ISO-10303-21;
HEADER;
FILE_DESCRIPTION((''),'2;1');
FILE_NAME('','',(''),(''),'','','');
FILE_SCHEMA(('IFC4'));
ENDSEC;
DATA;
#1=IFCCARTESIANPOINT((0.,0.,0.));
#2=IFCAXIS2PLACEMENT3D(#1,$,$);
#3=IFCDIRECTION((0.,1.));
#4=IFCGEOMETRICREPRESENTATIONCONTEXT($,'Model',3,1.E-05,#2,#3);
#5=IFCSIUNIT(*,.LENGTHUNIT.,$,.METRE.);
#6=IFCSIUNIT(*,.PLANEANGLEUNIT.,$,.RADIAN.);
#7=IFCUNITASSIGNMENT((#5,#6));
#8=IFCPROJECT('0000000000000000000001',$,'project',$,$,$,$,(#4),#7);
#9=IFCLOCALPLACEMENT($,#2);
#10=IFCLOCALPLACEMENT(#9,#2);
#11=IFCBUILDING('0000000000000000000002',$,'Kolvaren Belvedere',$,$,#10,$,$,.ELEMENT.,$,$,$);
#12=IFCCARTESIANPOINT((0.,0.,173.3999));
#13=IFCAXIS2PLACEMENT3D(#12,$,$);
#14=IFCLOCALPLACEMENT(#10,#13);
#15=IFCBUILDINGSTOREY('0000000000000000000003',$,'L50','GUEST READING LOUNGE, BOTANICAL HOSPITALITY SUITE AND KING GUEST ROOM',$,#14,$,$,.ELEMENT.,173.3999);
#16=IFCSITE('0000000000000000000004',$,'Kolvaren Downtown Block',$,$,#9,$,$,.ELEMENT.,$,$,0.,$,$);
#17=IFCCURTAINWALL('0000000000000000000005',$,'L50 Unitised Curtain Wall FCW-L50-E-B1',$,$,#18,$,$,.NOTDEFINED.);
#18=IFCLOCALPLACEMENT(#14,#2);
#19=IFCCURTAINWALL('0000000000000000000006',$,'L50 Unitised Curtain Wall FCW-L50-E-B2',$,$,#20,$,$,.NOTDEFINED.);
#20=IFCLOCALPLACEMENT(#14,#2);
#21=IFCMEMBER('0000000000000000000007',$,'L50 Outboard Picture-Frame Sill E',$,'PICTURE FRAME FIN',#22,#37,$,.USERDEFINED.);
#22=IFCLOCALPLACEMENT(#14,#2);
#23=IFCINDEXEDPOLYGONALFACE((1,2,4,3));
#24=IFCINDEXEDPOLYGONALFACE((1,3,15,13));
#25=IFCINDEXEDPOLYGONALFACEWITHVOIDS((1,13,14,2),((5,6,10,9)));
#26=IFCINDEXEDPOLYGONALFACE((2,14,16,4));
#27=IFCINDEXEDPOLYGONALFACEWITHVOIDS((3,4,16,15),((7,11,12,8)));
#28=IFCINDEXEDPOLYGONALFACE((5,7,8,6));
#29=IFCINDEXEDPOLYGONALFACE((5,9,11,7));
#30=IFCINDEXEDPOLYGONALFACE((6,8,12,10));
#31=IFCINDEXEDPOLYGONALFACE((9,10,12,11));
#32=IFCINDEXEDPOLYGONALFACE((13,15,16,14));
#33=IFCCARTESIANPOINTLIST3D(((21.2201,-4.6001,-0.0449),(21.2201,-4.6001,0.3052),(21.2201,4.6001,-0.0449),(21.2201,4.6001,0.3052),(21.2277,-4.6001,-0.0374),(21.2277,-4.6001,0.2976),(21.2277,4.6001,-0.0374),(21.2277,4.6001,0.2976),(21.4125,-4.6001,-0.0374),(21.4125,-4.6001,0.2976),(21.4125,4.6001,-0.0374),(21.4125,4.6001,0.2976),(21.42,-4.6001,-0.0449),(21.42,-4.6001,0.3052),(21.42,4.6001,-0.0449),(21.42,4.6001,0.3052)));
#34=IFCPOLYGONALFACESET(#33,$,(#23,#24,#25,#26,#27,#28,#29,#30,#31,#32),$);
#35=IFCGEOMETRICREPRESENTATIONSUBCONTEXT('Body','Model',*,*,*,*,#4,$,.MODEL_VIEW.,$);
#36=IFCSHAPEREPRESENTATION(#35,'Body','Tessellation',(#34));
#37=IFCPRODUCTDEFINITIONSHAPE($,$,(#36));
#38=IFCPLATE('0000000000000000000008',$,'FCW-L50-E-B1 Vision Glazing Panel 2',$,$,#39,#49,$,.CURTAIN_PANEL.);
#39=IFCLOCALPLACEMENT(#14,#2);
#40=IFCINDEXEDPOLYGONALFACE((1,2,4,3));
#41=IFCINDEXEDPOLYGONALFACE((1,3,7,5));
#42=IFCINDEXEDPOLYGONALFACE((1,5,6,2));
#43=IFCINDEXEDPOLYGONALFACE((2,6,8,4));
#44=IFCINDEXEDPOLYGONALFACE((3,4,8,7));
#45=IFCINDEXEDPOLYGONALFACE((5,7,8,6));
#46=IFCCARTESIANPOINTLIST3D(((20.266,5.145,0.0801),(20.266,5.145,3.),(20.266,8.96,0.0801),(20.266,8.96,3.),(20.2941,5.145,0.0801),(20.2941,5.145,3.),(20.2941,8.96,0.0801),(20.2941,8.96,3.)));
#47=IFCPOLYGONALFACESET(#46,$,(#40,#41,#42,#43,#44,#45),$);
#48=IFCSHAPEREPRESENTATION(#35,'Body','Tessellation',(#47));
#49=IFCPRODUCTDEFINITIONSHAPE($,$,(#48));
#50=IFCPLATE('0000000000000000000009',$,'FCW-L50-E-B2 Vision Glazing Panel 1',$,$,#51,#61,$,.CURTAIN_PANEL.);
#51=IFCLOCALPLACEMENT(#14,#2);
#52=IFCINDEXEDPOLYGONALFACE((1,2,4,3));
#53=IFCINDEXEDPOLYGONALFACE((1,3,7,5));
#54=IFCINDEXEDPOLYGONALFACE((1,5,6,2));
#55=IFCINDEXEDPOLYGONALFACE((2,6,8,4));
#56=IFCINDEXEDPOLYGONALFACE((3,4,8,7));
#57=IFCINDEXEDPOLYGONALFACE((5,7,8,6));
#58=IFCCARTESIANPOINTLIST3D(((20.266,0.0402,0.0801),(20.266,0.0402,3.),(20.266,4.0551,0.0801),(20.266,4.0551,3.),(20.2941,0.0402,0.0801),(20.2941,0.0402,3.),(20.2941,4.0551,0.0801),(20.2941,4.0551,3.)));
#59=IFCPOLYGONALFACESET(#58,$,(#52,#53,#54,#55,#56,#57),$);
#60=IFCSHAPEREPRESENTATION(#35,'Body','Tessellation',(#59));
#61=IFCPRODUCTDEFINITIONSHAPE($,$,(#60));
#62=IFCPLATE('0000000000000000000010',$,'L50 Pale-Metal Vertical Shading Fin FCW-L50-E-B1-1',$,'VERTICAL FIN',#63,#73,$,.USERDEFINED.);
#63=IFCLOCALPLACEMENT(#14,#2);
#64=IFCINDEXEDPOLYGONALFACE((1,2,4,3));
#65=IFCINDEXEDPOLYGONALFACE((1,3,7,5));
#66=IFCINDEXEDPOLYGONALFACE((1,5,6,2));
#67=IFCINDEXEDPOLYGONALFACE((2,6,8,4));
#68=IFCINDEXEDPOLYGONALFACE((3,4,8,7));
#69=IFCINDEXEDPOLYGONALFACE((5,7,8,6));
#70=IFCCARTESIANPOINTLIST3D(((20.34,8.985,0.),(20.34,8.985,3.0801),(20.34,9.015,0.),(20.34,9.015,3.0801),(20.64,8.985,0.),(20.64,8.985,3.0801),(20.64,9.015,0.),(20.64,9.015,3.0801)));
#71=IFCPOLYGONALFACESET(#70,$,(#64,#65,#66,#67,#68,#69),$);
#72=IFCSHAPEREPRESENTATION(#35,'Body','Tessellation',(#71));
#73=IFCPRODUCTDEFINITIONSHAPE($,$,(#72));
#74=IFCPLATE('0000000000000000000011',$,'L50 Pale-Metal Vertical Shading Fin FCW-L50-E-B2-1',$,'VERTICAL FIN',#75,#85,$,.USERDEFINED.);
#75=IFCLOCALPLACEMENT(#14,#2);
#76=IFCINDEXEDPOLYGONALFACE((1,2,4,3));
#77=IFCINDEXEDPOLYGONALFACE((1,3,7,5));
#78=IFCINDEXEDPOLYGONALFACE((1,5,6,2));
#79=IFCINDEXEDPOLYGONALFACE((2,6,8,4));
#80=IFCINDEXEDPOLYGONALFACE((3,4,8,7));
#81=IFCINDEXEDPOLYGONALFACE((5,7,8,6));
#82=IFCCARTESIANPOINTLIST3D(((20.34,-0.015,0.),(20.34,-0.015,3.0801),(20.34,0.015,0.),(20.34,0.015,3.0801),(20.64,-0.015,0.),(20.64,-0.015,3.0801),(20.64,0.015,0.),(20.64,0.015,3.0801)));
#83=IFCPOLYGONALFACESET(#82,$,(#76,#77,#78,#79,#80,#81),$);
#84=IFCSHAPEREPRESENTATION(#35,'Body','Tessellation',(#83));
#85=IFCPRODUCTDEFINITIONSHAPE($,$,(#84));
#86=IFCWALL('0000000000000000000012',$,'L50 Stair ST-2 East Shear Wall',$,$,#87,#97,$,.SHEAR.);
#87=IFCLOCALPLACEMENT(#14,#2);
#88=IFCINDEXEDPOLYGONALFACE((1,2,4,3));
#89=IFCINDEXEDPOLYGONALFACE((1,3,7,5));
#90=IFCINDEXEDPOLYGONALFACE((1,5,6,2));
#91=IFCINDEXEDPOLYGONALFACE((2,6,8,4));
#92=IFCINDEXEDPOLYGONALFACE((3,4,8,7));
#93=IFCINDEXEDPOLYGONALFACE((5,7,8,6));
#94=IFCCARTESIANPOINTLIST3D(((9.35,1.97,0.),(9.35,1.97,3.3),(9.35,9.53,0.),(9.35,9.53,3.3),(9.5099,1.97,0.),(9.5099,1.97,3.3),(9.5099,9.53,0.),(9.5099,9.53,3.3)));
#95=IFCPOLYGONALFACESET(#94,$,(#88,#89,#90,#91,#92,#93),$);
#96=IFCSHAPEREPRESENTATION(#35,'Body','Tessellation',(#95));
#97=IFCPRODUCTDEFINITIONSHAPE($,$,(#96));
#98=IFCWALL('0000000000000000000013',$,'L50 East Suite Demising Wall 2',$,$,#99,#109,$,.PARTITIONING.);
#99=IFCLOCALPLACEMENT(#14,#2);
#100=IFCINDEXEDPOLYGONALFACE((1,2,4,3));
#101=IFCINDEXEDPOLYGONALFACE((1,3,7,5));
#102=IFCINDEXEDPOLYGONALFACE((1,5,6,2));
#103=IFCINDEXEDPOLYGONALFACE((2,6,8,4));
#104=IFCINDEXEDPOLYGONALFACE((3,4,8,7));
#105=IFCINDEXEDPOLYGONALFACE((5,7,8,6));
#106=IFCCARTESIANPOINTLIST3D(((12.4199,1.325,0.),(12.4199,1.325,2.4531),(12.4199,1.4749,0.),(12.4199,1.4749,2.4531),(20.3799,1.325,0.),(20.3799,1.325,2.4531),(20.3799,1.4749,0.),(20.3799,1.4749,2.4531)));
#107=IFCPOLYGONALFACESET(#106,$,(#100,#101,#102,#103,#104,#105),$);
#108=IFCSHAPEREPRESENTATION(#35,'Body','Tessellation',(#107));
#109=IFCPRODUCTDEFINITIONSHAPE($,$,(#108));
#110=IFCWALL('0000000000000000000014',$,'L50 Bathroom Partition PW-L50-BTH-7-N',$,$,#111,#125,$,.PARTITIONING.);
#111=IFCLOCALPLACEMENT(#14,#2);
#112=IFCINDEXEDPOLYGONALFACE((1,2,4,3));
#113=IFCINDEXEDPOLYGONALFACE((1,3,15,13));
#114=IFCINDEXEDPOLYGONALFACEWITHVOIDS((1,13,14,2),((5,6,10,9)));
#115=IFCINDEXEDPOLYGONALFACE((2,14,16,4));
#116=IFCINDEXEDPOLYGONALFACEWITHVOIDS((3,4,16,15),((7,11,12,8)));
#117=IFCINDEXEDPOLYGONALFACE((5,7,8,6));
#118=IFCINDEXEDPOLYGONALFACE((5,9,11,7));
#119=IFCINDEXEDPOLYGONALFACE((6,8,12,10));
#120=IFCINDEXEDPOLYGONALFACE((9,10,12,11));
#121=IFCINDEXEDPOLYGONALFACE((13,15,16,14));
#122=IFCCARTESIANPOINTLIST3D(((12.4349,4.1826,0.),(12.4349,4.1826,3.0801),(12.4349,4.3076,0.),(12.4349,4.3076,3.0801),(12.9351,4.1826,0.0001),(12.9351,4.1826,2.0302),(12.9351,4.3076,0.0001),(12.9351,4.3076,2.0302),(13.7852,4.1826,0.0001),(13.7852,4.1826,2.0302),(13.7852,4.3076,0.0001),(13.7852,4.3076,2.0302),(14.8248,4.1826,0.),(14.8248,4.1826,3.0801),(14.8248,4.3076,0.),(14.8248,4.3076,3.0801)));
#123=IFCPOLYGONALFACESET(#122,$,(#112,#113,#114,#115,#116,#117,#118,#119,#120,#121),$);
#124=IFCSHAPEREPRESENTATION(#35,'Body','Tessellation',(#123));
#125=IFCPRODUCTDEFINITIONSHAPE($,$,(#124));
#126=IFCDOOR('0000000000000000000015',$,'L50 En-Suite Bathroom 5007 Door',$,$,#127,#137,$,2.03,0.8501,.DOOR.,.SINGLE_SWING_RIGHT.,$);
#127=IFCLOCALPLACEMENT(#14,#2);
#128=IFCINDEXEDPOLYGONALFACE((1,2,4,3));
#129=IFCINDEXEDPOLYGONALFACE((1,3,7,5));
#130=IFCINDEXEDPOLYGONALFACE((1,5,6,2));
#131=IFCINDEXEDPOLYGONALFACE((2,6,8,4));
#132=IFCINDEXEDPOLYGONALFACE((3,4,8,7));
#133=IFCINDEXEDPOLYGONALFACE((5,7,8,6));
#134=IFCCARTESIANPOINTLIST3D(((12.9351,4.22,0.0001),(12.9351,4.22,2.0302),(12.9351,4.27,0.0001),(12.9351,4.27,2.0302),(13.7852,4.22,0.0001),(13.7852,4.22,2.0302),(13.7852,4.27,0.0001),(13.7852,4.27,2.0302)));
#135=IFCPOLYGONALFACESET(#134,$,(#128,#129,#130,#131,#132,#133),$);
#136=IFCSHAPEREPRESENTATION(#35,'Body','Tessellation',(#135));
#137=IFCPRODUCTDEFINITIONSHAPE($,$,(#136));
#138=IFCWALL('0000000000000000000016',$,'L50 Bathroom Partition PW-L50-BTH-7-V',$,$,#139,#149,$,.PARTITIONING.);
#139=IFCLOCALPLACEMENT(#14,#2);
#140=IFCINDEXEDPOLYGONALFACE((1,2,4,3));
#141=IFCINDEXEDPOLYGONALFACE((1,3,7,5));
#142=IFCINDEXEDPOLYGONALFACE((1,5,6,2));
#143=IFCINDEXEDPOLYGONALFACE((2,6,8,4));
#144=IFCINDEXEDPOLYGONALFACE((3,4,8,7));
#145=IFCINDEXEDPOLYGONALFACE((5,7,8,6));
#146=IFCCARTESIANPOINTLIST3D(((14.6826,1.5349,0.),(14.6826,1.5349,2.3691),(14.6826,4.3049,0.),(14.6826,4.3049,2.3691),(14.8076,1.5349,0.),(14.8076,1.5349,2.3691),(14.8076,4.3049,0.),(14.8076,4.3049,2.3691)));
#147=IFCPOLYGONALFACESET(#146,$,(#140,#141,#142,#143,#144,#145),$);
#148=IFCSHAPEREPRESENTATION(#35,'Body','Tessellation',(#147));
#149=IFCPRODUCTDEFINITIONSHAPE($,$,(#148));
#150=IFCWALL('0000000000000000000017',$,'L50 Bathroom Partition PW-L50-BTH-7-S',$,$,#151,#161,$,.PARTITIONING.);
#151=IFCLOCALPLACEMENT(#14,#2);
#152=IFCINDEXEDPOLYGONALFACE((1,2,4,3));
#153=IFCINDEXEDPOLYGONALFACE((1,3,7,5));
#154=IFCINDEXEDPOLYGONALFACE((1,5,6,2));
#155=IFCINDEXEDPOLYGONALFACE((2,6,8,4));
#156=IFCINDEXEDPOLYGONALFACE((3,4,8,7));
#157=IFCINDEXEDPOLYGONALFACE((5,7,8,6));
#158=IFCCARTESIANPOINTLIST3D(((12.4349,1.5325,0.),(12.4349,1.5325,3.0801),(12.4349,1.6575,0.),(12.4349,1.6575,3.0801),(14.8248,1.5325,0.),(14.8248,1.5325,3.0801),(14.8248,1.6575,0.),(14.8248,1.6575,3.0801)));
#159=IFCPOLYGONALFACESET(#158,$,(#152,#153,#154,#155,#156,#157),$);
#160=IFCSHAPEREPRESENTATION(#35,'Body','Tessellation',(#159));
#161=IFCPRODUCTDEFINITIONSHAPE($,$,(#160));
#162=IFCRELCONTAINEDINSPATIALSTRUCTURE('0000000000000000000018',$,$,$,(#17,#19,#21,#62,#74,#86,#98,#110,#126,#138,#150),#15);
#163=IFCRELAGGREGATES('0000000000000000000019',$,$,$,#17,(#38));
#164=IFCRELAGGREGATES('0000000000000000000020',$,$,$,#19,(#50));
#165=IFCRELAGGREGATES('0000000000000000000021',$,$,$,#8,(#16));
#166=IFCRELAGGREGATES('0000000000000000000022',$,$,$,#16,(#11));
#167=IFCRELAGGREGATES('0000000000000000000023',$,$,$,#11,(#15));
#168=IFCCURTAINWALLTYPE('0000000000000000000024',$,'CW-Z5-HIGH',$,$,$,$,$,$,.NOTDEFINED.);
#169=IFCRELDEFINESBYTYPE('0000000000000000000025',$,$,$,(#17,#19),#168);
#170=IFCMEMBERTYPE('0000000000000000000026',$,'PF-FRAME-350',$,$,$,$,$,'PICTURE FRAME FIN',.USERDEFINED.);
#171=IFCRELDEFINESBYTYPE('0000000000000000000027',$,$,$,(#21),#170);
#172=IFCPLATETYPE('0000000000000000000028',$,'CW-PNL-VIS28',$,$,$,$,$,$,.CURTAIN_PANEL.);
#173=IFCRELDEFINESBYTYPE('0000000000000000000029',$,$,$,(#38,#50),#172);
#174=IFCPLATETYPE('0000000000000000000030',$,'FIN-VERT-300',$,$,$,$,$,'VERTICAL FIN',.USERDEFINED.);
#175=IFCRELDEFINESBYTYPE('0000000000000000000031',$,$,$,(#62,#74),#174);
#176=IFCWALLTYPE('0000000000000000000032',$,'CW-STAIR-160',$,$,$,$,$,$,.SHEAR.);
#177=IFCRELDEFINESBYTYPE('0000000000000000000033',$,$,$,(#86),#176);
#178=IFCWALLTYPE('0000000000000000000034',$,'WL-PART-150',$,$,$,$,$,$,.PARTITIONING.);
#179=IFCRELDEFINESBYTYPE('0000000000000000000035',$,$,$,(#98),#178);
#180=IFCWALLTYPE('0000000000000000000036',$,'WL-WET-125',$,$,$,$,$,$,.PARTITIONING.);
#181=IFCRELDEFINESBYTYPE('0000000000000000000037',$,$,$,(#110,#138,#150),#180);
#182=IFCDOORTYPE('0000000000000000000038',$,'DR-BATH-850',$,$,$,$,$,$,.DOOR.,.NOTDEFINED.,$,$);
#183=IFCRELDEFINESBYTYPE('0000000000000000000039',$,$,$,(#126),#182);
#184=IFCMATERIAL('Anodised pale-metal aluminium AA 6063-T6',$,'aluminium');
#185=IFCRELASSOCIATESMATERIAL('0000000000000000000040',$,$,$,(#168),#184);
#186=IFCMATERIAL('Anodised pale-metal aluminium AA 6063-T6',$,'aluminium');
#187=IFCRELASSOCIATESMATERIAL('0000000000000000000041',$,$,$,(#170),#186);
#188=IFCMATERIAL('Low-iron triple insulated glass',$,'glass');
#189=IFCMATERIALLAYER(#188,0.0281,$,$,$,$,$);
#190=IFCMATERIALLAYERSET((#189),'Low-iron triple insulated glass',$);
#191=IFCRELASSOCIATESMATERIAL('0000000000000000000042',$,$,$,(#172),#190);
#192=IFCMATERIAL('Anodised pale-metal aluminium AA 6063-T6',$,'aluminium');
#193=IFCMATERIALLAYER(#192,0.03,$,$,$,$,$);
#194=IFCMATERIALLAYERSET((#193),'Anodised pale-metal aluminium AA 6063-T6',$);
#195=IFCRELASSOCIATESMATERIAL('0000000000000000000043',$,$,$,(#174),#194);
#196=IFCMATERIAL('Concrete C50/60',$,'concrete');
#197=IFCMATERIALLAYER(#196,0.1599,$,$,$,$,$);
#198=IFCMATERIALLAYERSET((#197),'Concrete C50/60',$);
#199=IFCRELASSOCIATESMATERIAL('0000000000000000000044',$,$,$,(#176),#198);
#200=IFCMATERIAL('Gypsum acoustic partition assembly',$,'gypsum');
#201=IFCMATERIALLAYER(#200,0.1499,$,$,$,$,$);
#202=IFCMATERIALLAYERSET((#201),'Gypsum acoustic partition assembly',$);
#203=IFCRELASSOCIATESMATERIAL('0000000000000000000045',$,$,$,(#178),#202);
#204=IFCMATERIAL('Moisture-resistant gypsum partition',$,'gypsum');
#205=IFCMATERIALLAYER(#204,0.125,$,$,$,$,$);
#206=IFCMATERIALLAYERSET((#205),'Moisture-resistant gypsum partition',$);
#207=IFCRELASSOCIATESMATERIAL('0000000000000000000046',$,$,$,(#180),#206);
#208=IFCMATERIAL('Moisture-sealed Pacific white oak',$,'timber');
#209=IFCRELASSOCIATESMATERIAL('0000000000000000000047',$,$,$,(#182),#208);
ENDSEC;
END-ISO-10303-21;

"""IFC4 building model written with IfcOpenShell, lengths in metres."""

from ifc_helpers import new_model, si_unit, direction, frame, frame_2d, origin, origin_2d, place, context, subcontext, project, spatial, rectangle, hollow_rectangle, extrude, material, layer, layer_set, material_profile, profile_set, type_object, element, fill, aggregate, save


model = new_model("IFC4")

# Units and contexts
model_context = context("Model", 3, precision=1e-05, world=origin(), true_north=direction((0.0, 1.0)))
body_context = subcontext(model_context, "Body", "Model", "MODEL_VIEW")
ifc_project = project(units=[si_unit("LENGTHUNIT", "METRE"), si_unit("PLANEANGLEUNIT", "RADIAN")], contexts=[model_context])

# Site, building, storey
site_placement = place(None, origin())
site = spatial("IfcSite", under=ifc_project, at=site_placement, Name="Kolvaren Downtown Block", CompositionType="ELEMENT", RefElevation=0.0)
building_placement = place(site_placement, origin())
building = spatial("IfcBuilding", under=site, at=building_placement, Name="Kolvaren Belvedere", CompositionType="ELEMENT")
storey_placement = place(building_placement, frame((0.0, 0.0, 173.3999)))
storey = spatial("IfcBuildingStorey", under=building, at=storey_placement, Name="L50", Description="GUEST READING LOUNGE, BOTANICAL HOSPITALITY SUITE AND KING GUEST ROOM", CompositionType="ELEMENT", Elevation=173.3999)

# Curtain walls
ifc_material_1 = material(Name="Anodised pale-metal aluminium AA 6063-T6", Category="aluminium")
curtain_wall_type = type_object("IfcCurtainWallType", Name="CW-Z5-HIGH", PredefinedType="NOTDEFINED", material=ifc_material_1)
curtain_wall_1_placement = place(storey_placement, origin())
curtain_wall_1 = element("IfcCurtainWall", 1, at=curtain_wall_1_placement, inside=storey, type_object=curtain_wall_type, Name="L50 Unitised Curtain Wall FCW-L50-E-B1", PredefinedType="NOTDEFINED")
curtain_wall_2_placement = place(storey_placement, origin())
curtain_wall_2 = element("IfcCurtainWall", 2, at=curtain_wall_2_placement, inside=storey, type_object=curtain_wall_type, Name="L50 Unitised Curtain Wall FCW-L50-E-B2", PredefinedType="NOTDEFINED")

# Member
ifc_material_2 = material(Name="Anodised pale-metal aluminium AA 6063-T6", Category="aluminium")
ifc_material_profile_1 = material_profile(ifc_material_2, hollow_rectangle(XDim=0.2, YDim=0.3501, WallThickness=0.0076, at=origin_2d()), Name="ALU-PF-350X200")
ifc_profile_set_1 = profile_set([ifc_material_profile_1], Name="Anodised pale-metal aluminium AA 6063-T6")
member_type_1 = type_object("IfcMemberType", Name="PF-FRAME-350", ElementType="PICTURE FRAME FIN", PredefinedType="USERDEFINED", material=ifc_profile_set_1)
member_1_placement = place(storey_placement, frame((21.3201, 4.6001, 0.1301), z_axis=(0.0, -1.0, 0.0), x_axis=(1.0, 0.0, 0.0)))
element("IfcMember", 3, at=member_1_placement, inside=storey, type_object=member_type_1, Name="L50 Outboard Picture-Frame Sill E", ObjectType="PICTURE FRAME FIN", PredefinedType="USERDEFINED", context=body_context, shape_type="SweptSolid", body=[
    extrude(hollow_rectangle(XDim=0.2, YDim=0.3501, WallThickness=0.0076, at=origin_2d()), origin(), (0.0, 0.0, 1.0), 9.2002),
])

# Plates
ifc_material_3 = material(Name="Low-iron triple insulated glass", Category="glass")
ifc_layer_1 = layer(ifc_material_3, 0.0281)
ifc_layer_set_1 = layer_set([ifc_layer_1], Name="Low-iron triple insulated glass")
plate_type_1 = type_object("IfcPlateType", Name="CW-PNL-VIS28", PredefinedType="CURTAIN_PANEL", material=ifc_layer_set_1)
plate_1_placement = place(storey_placement, frame((20.28, 7.0525, 0.0801), z_axis=(0.0, 0.0, 1.0), x_axis=(0.0, -1.0, 0.0)))
plate_1 = element("IfcPlate", 4, at=plate_1_placement, type_object=plate_type_1, Name="FCW-L50-E-B1 Vision Glazing Panel 2", PredefinedType="CURTAIN_PANEL", context=body_context, shape_type="SweptSolid", body=[
    extrude(rectangle(XDim=3.8149, YDim=0.0281, at=origin_2d()), origin(), (0.0, 0.0, 1.0), 2.9199),
])
aggregate(curtain_wall_1, [plate_1])
plate_2_placement = place(storey_placement, frame((20.28, 2.0476, 0.0801), z_axis=(0.0, 0.0, 1.0), x_axis=(0.0, -1.0, 0.0)))
plate_2 = element("IfcPlate", 5, at=plate_2_placement, type_object=plate_type_1, Name="FCW-L50-E-B2 Vision Glazing Panel 1", PredefinedType="CURTAIN_PANEL", context=body_context, shape_type="SweptSolid", body=[
    extrude(rectangle(XDim=4.0149, YDim=0.0281, at=origin_2d()), origin(), (0.0, 0.0, 1.0), 2.9199),
])
aggregate(curtain_wall_2, [plate_2])

# Plates
ifc_material_4 = material(Name="Anodised pale-metal aluminium AA 6063-T6", Category="aluminium")
ifc_layer_2 = layer(ifc_material_4, 0.03)
ifc_layer_set_2 = layer_set([ifc_layer_2], Name="Anodised pale-metal aluminium AA 6063-T6")
plate_type_2 = type_object("IfcPlateType", Name="FIN-VERT-300", ElementType="VERTICAL FIN", PredefinedType="USERDEFINED", material=ifc_layer_set_2)
for number, where, z_axis, x_axis, name in (
    (6, (20.49, 9.0, 0.0), (0.0, 0.0, 1.0), (1.0, 0.0, 0.0), "L50 Pale-Metal Vertical Shading Fin FCW-L50-E-B1-1"),
    (7, (20.49, 0.0, 0.0), (0.0, 0.0, 1.0), (1.0, 0.0, 0.0), "L50 Pale-Metal Vertical Shading Fin FCW-L50-E-B2-1"),
):
    element("IfcPlate", number, at=place(storey_placement, frame(where, z_axis=z_axis, x_axis=x_axis)), inside=storey, type_object=plate_type_2, Name=name, ObjectType="VERTICAL FIN", PredefinedType="USERDEFINED", context=body_context, shape_type="SweptSolid", body=[
        extrude(rectangle(XDim=0.3, YDim=0.03, at=origin_2d()), origin(), (0.0, 0.0, 1.0), 3.0801),
    ])

# Walls
ifc_material_5 = material(Name="Concrete C50/60", Category="concrete")
ifc_layer_3 = layer(ifc_material_5, 0.1599)
ifc_layer_set_3 = layer_set([ifc_layer_3], Name="Concrete C50/60")
wall_type_1 = type_object("IfcWallType", Name="CW-STAIR-160", PredefinedType="SHEAR", material=ifc_layer_set_3)
wall_1_placement = place(storey_placement, frame((9.4299, 1.97, 0.0), z_axis=(0.0, 0.0, 1.0), x_axis=(0.0, 1.0, 0.0)))
element("IfcWall", 8, at=wall_1_placement, inside=storey, type_object=wall_type_1, Name="L50 Stair ST-2 East Shear Wall", PredefinedType="SHEAR", context=body_context, shape_type="SweptSolid", body=[
    extrude(rectangle(XDim=7.5601, YDim=0.1599, at=frame_2d((3.78, 0.0))), origin(), (0.0, 0.0, 1.0), 3.3),
])
ifc_material_6 = material(Name="Gypsum acoustic partition assembly", Category="gypsum")
ifc_layer_4 = layer(ifc_material_6, 0.1499)
ifc_layer_set_4 = layer_set([ifc_layer_4], Name="Gypsum acoustic partition assembly")
wall_type_2 = type_object("IfcWallType", Name="WL-PART-150", PredefinedType="PARTITIONING", material=ifc_layer_set_4)
wall_2_placement = place(storey_placement, frame((12.4199, 1.3999, 0.0), z_axis=(0.0, 0.0, 1.0), x_axis=(1.0, 0.0, 0.0)))
element("IfcWall", 9, at=wall_2_placement, inside=storey, type_object=wall_type_2, Name="L50 East Suite Demising Wall 2", PredefinedType="PARTITIONING", context=body_context, shape_type="SweptSolid", body=[
    extrude(rectangle(XDim=7.96, YDim=0.1499, at=frame_2d((3.98, 0.0))), origin(), (0.0, 0.0, 1.0), 2.4531),
])

# Wall, opening, door
ifc_material_7 = material(Name="Moisture-resistant gypsum partition", Category="gypsum")
ifc_layer_5 = layer(ifc_material_7, 0.125)
ifc_layer_set_5 = layer_set([ifc_layer_5], Name="Moisture-resistant gypsum partition")
wall_type_3 = type_object("IfcWallType", Name="WL-WET-125", PredefinedType="PARTITIONING", material=ifc_layer_set_5)
wall_3_placement = place(storey_placement, frame((12.4351, 4.2451, 0.0), z_axis=(0.0, 0.0, 1.0), x_axis=(1.0, 0.0, 0.0)))
wall_3 = element("IfcWall", 10, at=wall_3_placement, inside=storey, type_object=wall_type_3, Name="L50 Bathroom Partition PW-L50-BTH-7-N", PredefinedType="PARTITIONING", context=body_context, shape_type="SweptSolid", body=[
    extrude(rectangle(XDim=2.3899, YDim=0.125, at=frame_2d((1.1948, 0.0))), origin(), (0.0, 0.0, 1.0), 3.0801),
])
opening_placement = place(wall_3_placement, frame((0.5, 0.0, 0.0)))
opening = element("IfcOpeningElement", 11, at=opening_placement, cuts=wall_3, PredefinedType="OPENING", context=body_context, shape_type="SweptSolid", body=[
    extrude(rectangle(XDim=0.8501, YDim=2.03, at=frame_2d((0.425, 1.0151))), frame((0.0, 0.0725, 0.0), z_axis=(0.0, -1.0, 0.0), x_axis=(1.0, 0.0, 0.0)), (0.0, 0.0, 1.0), 0.145),
])
ifc_material_8 = material(Name="Moisture-sealed Pacific white oak", Category="timber")
door_type = type_object("IfcDoorType", Name="DR-BATH-850", OperationType="NOTDEFINED", PredefinedType="DOOR", material=ifc_material_8)
door_placement = place(opening_placement, origin())
door = element("IfcDoor", 12, at=door_placement, inside=storey, type_object=door_type, Name="L50 En-Suite Bathroom 5007 Door", OperationType="SINGLE_SWING_RIGHT", OverallHeight=2.03, OverallWidth=0.8501, PredefinedType="DOOR", context=body_context, shape_type="SweptSolid", body=[
    extrude(rectangle(XDim=0.8501, YDim=2.03, at=frame_2d((0.425, 1.0151))), frame((0.0, 0.0249, 0.0), z_axis=(0.0, -1.0, 0.0), x_axis=(1.0, 0.0, 0.0)), (0.0, 0.0, 1.0), 0.05),
])
fill(opening, door)

# Walls
wall_4_placement = place(storey_placement, frame((14.7451, 1.5349, 0.0), z_axis=(0.0, 0.0, 1.0), x_axis=(0.0, 1.0, 0.0)))
element("IfcWall", 13, at=wall_4_placement, inside=storey, type_object=wall_type_3, Name="L50 Bathroom Partition PW-L50-BTH-7-V", PredefinedType="PARTITIONING", context=body_context, shape_type="SweptSolid", body=[
    extrude(rectangle(XDim=2.77, YDim=0.125, at=frame_2d((1.385, 0.0))), origin(), (0.0, 0.0, 1.0), 2.3691),
])
wall_5_placement = place(storey_placement, frame((12.4351, 1.595, 0.0), z_axis=(0.0, 0.0, 1.0), x_axis=(1.0, 0.0, 0.0)))
element("IfcWall", 14, at=wall_5_placement, inside=storey, type_object=wall_type_3, Name="L50 Bathroom Partition PW-L50-BTH-7-S", PredefinedType="PARTITIONING", context=body_context, shape_type="SweptSolid", body=[
    extrude(rectangle(XDim=2.3899, YDim=0.125, at=frame_2d((1.1948, 0.0))), origin(), (0.0, 0.0, 1.0), 3.0801),
])

save(model, "model.ifc")
